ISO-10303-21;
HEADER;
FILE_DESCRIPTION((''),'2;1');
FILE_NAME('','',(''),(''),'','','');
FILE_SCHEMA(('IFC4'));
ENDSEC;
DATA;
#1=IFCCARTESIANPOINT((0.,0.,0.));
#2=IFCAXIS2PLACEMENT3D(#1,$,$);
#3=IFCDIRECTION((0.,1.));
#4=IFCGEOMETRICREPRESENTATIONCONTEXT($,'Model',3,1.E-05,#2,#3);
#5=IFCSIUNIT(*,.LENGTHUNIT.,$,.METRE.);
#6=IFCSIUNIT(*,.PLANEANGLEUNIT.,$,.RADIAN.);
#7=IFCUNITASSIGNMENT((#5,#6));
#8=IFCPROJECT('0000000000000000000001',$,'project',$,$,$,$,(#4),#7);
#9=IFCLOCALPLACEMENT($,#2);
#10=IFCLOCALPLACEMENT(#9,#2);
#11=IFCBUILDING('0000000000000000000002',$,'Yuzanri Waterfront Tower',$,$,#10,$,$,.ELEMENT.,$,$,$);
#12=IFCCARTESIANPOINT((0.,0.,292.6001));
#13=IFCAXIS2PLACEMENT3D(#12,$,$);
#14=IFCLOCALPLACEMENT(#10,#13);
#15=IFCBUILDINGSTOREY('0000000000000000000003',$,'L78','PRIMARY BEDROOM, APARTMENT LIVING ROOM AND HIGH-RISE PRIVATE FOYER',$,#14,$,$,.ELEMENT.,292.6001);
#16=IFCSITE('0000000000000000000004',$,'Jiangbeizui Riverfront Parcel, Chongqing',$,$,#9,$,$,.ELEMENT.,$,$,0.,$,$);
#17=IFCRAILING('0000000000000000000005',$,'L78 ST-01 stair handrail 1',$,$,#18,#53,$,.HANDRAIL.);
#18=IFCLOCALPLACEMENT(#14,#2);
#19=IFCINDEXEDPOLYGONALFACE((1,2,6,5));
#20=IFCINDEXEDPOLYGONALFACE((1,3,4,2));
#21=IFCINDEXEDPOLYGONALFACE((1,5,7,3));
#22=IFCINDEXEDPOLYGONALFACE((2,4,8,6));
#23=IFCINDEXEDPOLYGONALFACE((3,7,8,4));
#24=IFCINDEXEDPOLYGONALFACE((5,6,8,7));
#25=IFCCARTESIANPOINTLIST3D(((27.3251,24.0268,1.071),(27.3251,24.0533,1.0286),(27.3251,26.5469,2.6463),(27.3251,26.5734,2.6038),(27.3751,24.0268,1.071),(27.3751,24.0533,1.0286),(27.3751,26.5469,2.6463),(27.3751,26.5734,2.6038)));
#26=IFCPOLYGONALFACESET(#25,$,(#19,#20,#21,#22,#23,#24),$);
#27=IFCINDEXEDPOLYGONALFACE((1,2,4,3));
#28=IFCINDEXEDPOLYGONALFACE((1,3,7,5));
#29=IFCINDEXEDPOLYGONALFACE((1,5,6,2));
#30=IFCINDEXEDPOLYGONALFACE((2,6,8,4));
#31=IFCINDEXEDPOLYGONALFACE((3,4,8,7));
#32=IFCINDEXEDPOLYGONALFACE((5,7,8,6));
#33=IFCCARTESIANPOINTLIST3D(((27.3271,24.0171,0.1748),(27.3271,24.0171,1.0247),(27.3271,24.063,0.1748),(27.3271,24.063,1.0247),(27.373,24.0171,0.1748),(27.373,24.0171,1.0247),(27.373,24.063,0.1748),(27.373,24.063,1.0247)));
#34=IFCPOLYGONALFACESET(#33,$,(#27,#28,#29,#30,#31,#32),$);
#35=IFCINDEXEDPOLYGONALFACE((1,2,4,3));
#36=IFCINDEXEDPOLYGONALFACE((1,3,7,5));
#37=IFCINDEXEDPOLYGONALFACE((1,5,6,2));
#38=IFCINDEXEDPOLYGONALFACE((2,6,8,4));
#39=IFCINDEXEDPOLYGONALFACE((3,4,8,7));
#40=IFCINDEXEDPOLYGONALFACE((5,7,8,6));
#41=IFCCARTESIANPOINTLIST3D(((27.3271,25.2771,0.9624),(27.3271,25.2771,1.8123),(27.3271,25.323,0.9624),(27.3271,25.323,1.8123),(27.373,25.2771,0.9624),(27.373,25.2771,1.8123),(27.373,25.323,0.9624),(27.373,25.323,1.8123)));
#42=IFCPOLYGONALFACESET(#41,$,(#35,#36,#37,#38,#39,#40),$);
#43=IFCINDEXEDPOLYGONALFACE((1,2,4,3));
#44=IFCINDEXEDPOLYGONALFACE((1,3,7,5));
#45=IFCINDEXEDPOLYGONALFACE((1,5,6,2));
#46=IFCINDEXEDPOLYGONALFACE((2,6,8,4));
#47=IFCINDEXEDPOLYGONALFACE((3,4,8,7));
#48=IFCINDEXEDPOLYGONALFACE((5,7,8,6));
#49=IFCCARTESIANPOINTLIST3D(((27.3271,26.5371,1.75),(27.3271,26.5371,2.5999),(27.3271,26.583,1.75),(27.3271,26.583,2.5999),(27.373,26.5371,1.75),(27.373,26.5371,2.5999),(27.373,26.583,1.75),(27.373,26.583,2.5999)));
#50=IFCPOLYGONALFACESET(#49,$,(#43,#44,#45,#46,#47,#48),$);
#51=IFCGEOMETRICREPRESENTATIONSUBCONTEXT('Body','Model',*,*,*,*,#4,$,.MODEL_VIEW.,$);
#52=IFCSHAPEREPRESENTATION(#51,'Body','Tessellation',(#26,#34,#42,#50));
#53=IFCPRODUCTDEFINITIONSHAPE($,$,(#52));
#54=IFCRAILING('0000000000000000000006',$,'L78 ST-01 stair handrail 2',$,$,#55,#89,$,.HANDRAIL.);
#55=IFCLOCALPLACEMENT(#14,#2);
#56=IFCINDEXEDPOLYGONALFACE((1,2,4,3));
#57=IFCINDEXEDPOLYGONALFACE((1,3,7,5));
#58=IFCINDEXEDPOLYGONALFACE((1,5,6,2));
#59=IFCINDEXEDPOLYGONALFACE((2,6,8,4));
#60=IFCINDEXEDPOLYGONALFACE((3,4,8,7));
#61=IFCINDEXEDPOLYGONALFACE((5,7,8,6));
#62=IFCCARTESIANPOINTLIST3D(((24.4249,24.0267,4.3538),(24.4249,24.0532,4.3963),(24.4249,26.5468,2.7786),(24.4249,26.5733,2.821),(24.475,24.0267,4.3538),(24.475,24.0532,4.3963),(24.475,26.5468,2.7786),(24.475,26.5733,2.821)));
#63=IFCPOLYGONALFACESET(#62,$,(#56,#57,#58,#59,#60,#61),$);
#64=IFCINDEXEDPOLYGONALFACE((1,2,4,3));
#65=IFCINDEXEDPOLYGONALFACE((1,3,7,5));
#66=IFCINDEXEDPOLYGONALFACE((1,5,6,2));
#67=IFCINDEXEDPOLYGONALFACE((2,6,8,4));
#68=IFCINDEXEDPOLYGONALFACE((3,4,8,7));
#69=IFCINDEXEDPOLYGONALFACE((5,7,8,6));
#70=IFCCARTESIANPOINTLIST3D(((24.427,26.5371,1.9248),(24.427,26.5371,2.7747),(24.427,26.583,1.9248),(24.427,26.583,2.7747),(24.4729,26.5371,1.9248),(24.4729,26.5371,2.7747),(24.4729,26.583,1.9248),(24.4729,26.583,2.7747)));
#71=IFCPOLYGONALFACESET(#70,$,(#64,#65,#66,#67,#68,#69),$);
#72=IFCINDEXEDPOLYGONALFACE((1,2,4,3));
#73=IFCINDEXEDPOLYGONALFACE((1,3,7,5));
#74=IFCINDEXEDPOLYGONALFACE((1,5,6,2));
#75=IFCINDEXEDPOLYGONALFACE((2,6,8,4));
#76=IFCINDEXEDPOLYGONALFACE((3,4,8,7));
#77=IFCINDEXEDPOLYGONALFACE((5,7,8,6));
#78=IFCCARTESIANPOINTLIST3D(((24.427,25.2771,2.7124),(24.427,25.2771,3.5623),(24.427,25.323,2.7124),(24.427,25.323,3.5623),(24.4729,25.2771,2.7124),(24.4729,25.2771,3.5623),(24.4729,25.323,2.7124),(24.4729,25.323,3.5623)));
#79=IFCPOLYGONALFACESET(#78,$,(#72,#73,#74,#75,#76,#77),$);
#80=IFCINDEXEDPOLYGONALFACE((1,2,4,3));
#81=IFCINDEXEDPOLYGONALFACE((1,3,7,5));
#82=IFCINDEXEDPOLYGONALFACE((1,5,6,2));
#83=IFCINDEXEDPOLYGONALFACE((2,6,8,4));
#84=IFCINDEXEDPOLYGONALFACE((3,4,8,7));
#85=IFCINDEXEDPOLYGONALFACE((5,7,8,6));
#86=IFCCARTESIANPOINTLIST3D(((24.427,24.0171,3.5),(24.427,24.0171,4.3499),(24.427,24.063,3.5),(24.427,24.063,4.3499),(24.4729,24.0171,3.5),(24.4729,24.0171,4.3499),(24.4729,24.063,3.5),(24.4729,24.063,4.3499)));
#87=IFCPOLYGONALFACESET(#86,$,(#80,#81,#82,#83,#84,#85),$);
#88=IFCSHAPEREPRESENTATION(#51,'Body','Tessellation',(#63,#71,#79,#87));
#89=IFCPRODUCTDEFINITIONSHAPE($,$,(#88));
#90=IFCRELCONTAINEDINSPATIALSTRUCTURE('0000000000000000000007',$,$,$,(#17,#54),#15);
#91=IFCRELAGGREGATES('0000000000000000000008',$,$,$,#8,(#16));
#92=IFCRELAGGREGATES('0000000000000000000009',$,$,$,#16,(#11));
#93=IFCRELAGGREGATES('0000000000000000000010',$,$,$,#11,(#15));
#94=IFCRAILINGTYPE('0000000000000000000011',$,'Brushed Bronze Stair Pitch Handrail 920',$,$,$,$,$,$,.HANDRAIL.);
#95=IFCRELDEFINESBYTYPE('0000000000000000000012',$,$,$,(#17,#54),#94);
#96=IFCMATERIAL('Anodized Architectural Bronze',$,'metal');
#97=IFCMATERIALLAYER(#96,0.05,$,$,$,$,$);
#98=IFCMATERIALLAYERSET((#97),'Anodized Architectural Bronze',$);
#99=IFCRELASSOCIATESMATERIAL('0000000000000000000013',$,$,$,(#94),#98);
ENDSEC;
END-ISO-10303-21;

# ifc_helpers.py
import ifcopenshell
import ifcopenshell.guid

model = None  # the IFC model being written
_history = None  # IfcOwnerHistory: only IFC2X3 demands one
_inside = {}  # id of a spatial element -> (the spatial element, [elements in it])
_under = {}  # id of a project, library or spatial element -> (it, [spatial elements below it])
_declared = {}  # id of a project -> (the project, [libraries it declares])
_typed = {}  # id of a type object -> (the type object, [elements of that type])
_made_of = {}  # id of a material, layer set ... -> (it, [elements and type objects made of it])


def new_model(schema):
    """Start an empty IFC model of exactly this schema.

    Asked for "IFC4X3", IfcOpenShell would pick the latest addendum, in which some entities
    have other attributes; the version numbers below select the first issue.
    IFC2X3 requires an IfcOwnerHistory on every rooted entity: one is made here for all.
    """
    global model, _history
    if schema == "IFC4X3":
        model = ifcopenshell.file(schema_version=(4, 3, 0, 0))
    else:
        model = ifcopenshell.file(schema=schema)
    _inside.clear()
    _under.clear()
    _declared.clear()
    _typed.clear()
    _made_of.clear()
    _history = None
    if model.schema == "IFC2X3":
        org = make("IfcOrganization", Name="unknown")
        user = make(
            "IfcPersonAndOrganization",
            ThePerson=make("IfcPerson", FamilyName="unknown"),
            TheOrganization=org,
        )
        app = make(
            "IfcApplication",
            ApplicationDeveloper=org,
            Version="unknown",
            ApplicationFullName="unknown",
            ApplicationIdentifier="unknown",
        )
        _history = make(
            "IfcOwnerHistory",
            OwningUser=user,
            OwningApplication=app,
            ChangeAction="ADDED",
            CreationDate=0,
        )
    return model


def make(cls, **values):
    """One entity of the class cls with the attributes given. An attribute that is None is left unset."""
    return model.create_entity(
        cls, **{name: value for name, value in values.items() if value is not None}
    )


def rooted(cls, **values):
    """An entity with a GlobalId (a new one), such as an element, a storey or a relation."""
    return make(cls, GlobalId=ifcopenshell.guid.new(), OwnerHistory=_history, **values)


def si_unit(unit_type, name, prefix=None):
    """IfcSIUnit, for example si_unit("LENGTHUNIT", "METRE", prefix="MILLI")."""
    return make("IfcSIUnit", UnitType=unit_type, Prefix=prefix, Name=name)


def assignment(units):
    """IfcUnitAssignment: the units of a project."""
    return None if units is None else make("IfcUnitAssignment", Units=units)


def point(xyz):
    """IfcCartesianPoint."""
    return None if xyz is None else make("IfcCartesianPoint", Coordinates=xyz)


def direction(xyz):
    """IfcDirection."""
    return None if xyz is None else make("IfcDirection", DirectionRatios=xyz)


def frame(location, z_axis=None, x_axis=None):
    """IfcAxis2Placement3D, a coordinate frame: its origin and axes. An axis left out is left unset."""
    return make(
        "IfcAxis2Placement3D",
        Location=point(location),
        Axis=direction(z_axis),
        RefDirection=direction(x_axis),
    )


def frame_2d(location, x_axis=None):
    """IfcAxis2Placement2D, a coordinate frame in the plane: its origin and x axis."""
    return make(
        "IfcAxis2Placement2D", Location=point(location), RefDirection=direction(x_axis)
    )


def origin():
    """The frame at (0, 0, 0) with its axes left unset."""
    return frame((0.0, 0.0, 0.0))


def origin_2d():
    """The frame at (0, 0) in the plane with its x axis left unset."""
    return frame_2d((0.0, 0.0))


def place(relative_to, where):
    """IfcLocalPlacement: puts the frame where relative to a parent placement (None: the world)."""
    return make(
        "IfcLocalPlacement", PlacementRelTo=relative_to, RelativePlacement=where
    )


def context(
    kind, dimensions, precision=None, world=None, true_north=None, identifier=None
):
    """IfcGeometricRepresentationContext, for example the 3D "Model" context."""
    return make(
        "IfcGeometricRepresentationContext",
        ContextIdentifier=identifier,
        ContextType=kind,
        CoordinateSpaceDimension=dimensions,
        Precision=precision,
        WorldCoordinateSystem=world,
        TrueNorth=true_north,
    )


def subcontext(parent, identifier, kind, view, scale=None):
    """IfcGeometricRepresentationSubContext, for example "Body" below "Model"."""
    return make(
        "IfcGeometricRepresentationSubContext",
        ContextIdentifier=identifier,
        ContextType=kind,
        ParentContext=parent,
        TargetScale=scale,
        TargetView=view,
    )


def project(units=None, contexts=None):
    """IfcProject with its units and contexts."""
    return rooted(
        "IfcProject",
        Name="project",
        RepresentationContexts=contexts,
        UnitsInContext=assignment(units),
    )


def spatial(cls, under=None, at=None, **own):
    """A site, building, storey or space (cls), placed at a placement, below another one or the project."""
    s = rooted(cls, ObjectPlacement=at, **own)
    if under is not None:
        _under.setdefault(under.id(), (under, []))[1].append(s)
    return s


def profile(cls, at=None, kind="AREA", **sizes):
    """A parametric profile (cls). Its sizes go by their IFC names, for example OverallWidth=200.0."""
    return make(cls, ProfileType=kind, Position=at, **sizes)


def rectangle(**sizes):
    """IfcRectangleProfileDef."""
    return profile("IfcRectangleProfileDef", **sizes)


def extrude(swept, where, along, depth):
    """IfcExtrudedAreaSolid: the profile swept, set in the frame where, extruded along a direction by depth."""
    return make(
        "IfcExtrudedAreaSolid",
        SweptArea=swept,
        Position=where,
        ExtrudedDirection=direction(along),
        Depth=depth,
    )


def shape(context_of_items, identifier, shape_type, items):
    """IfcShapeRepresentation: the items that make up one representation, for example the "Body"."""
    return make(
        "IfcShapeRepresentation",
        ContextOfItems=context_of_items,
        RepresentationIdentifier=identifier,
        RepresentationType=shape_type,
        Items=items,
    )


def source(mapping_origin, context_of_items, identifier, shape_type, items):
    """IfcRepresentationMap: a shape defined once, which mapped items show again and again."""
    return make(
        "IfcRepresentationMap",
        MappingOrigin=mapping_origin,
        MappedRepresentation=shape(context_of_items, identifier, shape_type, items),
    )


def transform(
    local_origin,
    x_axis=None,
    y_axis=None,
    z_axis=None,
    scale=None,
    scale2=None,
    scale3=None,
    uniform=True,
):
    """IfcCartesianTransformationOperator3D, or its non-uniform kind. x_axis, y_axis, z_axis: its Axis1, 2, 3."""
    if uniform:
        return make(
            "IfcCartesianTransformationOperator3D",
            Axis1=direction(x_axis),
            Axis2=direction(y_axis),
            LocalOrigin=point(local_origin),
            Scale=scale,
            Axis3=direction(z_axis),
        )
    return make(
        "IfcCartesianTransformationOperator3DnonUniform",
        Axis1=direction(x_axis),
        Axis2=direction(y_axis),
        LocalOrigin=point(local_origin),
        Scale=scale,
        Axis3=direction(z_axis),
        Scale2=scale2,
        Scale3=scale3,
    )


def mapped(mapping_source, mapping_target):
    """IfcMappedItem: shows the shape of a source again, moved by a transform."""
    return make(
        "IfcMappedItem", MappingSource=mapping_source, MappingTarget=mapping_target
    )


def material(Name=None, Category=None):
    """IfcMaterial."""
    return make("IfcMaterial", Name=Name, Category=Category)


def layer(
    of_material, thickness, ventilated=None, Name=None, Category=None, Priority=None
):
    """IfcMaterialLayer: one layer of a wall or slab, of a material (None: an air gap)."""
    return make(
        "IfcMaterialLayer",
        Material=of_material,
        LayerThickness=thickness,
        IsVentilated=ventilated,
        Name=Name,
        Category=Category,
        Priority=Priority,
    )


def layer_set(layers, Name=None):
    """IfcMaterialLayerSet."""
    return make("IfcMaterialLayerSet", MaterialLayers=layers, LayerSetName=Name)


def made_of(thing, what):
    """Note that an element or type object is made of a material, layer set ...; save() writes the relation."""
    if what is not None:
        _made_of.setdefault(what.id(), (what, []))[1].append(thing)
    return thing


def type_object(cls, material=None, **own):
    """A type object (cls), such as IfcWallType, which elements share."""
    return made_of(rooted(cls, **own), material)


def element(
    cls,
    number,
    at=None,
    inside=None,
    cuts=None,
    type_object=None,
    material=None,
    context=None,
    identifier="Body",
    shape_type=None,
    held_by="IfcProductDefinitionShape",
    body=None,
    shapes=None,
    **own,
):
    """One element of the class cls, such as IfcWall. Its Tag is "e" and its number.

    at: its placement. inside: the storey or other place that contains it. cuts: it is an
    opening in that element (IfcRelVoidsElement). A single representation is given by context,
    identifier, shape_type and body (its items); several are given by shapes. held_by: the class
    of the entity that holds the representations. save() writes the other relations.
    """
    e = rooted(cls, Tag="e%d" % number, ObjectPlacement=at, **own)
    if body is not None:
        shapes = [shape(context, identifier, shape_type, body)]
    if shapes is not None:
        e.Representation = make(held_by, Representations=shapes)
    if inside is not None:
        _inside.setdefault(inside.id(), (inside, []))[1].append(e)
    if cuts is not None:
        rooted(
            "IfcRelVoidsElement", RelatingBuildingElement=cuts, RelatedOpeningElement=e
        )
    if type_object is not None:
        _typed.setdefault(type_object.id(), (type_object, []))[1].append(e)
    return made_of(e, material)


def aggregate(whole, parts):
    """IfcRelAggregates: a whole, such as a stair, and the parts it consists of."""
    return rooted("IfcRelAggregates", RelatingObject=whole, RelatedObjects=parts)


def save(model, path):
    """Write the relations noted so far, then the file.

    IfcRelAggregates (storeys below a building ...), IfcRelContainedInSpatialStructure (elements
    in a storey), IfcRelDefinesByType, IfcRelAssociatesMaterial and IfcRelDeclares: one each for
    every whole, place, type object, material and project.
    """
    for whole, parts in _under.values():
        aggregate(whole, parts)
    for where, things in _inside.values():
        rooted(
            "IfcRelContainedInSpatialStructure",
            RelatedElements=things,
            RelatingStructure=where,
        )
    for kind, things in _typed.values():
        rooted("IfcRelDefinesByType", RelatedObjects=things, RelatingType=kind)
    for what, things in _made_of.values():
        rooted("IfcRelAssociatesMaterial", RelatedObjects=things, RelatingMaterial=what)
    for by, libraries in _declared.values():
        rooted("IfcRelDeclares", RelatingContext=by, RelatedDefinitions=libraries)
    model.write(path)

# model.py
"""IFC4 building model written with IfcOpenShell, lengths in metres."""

from ifc_helpers import new_model, si_unit, direction, frame, origin, origin_2d, place, context, subcontext, project, spatial, rectangle, extrude, source, transform, mapped, material, layer, layer_set, type_object, element, save


model = new_model("IFC4")

# Units and contexts
model_context = context("Model", 3, precision=1e-05, world=origin(), true_north=direction((0.0, 1.0)))
body_context = subcontext(model_context, "Body", "Model", "MODEL_VIEW")
ifc_project = project(units=[si_unit("LENGTHUNIT", "METRE"), si_unit("PLANEANGLEUNIT", "RADIAN")], contexts=[model_context])

# Site, building, storey
site_placement = place(None, origin())
site = spatial("IfcSite", under=ifc_project, at=site_placement, Name="Jiangbeizui Riverfront Parcel, Chongqing", CompositionType="ELEMENT", RefElevation=0.0)
building_placement = place(site_placement, origin())
building = spatial("IfcBuilding", under=site, at=building_placement, Name="Yuzanri Waterfront Tower", CompositionType="ELEMENT")
storey_placement = place(building_placement, frame((0.0, 0.0, 292.6001)))
storey = spatial("IfcBuildingStorey", under=building, at=storey_placement, Name="L78", Description="PRIMARY BEDROOM, APARTMENT LIVING ROOM AND HIGH-RISE PRIVATE FOYER", CompositionType="ELEMENT", Elevation=292.6001)

# Railings
ifc_material_1 = material(Name="Anodized Architectural Bronze", Category="metal")
ifc_layer_1 = layer(ifc_material_1, 0.05)
ifc_layer_set_1 = layer_set([ifc_layer_1], Name="Anodized Architectural Bronze")
railing_type_1 = type_object("IfcRailingType", Name="Brushed Bronze Stair Pitch Handrail 920", PredefinedType="HANDRAIL", material=ifc_layer_set_1)
shared_shape_1 = source(origin(), body_context, "Body", "SweptSolid", [
    extrude(rectangle(XDim=0.05, YDim=0.05, at=origin_2d()), frame((0.0, 0.0, 0.875), z_axis=(0.0, 0.847971, 0.530043), x_axis=(-1.0, 0.0, 0.0)), (0.0, 0.0, 1.0), 2.9719),
    extrude(rectangle(XDim=0.0459, YDim=0.0459, at=origin_2d()), origin(), (0.0, 0.0, 1.0), 0.8499),
    extrude(rectangle(XDim=0.0459, YDim=0.0459, at=origin_2d()), frame((0.0, 1.26, 0.7876)), (0.0, 0.0, 1.0), 0.8499),
    extrude(rectangle(XDim=0.0459, YDim=0.0459, at=origin_2d()), frame((0.0, 2.52, 1.5752)), (0.0, 0.0, 1.0), 0.8499),
])
railing_1_placement = place(storey_placement, frame((27.3501, 24.04, 0.1748)))
element("IfcRailing", 1, at=railing_1_placement, inside=storey, type_object=railing_type_1, Name="L78 ST-01 stair handrail 1", PredefinedType="HANDRAIL", context=body_context, shape_type="MappedRepresentation", body=[
    mapped(shared_shape_1, transform((0.0, 0.0, 0.0), scale=1.0)),
])
shared_shape_2 = source(origin(), body_context, "Body", "SweptSolid", [
    extrude(rectangle(XDim=0.05, YDim=0.05, at=origin_2d()), frame((0.0, 0.0, 0.875), z_axis=(0.0, -0.847971, 0.530043), x_axis=(1.0, 0.0, 0.0)), (0.0, 0.0, 1.0), 2.9719),
    extrude(rectangle(XDim=0.0459, YDim=0.0459, at=origin_2d()), origin(), (0.0, 0.0, 1.0), 0.8499),
    extrude(rectangle(XDim=0.0459, YDim=0.0459, at=origin_2d()), frame((0.0, -1.26, 0.7876)), (0.0, 0.0, 1.0), 0.8499),
    extrude(rectangle(XDim=0.0459, YDim=0.0459, at=origin_2d()), frame((0.0, -2.52, 1.5752)), (0.0, 0.0, 1.0), 0.8499),
])
railing_2_placement = place(storey_placement, frame((24.45, 26.5601, 1.9248)))
element("IfcRailing", 2, at=railing_2_placement, inside=storey, type_object=railing_type_1, Name="L78 ST-01 stair handrail 2", PredefinedType="HANDRAIL", context=body_context, shape_type="MappedRepresentation", body=[
    mapped(shared_shape_2, transform((0.0, 0.0, 0.0), scale=1.0)),
])

save(model, "model.ifc")
